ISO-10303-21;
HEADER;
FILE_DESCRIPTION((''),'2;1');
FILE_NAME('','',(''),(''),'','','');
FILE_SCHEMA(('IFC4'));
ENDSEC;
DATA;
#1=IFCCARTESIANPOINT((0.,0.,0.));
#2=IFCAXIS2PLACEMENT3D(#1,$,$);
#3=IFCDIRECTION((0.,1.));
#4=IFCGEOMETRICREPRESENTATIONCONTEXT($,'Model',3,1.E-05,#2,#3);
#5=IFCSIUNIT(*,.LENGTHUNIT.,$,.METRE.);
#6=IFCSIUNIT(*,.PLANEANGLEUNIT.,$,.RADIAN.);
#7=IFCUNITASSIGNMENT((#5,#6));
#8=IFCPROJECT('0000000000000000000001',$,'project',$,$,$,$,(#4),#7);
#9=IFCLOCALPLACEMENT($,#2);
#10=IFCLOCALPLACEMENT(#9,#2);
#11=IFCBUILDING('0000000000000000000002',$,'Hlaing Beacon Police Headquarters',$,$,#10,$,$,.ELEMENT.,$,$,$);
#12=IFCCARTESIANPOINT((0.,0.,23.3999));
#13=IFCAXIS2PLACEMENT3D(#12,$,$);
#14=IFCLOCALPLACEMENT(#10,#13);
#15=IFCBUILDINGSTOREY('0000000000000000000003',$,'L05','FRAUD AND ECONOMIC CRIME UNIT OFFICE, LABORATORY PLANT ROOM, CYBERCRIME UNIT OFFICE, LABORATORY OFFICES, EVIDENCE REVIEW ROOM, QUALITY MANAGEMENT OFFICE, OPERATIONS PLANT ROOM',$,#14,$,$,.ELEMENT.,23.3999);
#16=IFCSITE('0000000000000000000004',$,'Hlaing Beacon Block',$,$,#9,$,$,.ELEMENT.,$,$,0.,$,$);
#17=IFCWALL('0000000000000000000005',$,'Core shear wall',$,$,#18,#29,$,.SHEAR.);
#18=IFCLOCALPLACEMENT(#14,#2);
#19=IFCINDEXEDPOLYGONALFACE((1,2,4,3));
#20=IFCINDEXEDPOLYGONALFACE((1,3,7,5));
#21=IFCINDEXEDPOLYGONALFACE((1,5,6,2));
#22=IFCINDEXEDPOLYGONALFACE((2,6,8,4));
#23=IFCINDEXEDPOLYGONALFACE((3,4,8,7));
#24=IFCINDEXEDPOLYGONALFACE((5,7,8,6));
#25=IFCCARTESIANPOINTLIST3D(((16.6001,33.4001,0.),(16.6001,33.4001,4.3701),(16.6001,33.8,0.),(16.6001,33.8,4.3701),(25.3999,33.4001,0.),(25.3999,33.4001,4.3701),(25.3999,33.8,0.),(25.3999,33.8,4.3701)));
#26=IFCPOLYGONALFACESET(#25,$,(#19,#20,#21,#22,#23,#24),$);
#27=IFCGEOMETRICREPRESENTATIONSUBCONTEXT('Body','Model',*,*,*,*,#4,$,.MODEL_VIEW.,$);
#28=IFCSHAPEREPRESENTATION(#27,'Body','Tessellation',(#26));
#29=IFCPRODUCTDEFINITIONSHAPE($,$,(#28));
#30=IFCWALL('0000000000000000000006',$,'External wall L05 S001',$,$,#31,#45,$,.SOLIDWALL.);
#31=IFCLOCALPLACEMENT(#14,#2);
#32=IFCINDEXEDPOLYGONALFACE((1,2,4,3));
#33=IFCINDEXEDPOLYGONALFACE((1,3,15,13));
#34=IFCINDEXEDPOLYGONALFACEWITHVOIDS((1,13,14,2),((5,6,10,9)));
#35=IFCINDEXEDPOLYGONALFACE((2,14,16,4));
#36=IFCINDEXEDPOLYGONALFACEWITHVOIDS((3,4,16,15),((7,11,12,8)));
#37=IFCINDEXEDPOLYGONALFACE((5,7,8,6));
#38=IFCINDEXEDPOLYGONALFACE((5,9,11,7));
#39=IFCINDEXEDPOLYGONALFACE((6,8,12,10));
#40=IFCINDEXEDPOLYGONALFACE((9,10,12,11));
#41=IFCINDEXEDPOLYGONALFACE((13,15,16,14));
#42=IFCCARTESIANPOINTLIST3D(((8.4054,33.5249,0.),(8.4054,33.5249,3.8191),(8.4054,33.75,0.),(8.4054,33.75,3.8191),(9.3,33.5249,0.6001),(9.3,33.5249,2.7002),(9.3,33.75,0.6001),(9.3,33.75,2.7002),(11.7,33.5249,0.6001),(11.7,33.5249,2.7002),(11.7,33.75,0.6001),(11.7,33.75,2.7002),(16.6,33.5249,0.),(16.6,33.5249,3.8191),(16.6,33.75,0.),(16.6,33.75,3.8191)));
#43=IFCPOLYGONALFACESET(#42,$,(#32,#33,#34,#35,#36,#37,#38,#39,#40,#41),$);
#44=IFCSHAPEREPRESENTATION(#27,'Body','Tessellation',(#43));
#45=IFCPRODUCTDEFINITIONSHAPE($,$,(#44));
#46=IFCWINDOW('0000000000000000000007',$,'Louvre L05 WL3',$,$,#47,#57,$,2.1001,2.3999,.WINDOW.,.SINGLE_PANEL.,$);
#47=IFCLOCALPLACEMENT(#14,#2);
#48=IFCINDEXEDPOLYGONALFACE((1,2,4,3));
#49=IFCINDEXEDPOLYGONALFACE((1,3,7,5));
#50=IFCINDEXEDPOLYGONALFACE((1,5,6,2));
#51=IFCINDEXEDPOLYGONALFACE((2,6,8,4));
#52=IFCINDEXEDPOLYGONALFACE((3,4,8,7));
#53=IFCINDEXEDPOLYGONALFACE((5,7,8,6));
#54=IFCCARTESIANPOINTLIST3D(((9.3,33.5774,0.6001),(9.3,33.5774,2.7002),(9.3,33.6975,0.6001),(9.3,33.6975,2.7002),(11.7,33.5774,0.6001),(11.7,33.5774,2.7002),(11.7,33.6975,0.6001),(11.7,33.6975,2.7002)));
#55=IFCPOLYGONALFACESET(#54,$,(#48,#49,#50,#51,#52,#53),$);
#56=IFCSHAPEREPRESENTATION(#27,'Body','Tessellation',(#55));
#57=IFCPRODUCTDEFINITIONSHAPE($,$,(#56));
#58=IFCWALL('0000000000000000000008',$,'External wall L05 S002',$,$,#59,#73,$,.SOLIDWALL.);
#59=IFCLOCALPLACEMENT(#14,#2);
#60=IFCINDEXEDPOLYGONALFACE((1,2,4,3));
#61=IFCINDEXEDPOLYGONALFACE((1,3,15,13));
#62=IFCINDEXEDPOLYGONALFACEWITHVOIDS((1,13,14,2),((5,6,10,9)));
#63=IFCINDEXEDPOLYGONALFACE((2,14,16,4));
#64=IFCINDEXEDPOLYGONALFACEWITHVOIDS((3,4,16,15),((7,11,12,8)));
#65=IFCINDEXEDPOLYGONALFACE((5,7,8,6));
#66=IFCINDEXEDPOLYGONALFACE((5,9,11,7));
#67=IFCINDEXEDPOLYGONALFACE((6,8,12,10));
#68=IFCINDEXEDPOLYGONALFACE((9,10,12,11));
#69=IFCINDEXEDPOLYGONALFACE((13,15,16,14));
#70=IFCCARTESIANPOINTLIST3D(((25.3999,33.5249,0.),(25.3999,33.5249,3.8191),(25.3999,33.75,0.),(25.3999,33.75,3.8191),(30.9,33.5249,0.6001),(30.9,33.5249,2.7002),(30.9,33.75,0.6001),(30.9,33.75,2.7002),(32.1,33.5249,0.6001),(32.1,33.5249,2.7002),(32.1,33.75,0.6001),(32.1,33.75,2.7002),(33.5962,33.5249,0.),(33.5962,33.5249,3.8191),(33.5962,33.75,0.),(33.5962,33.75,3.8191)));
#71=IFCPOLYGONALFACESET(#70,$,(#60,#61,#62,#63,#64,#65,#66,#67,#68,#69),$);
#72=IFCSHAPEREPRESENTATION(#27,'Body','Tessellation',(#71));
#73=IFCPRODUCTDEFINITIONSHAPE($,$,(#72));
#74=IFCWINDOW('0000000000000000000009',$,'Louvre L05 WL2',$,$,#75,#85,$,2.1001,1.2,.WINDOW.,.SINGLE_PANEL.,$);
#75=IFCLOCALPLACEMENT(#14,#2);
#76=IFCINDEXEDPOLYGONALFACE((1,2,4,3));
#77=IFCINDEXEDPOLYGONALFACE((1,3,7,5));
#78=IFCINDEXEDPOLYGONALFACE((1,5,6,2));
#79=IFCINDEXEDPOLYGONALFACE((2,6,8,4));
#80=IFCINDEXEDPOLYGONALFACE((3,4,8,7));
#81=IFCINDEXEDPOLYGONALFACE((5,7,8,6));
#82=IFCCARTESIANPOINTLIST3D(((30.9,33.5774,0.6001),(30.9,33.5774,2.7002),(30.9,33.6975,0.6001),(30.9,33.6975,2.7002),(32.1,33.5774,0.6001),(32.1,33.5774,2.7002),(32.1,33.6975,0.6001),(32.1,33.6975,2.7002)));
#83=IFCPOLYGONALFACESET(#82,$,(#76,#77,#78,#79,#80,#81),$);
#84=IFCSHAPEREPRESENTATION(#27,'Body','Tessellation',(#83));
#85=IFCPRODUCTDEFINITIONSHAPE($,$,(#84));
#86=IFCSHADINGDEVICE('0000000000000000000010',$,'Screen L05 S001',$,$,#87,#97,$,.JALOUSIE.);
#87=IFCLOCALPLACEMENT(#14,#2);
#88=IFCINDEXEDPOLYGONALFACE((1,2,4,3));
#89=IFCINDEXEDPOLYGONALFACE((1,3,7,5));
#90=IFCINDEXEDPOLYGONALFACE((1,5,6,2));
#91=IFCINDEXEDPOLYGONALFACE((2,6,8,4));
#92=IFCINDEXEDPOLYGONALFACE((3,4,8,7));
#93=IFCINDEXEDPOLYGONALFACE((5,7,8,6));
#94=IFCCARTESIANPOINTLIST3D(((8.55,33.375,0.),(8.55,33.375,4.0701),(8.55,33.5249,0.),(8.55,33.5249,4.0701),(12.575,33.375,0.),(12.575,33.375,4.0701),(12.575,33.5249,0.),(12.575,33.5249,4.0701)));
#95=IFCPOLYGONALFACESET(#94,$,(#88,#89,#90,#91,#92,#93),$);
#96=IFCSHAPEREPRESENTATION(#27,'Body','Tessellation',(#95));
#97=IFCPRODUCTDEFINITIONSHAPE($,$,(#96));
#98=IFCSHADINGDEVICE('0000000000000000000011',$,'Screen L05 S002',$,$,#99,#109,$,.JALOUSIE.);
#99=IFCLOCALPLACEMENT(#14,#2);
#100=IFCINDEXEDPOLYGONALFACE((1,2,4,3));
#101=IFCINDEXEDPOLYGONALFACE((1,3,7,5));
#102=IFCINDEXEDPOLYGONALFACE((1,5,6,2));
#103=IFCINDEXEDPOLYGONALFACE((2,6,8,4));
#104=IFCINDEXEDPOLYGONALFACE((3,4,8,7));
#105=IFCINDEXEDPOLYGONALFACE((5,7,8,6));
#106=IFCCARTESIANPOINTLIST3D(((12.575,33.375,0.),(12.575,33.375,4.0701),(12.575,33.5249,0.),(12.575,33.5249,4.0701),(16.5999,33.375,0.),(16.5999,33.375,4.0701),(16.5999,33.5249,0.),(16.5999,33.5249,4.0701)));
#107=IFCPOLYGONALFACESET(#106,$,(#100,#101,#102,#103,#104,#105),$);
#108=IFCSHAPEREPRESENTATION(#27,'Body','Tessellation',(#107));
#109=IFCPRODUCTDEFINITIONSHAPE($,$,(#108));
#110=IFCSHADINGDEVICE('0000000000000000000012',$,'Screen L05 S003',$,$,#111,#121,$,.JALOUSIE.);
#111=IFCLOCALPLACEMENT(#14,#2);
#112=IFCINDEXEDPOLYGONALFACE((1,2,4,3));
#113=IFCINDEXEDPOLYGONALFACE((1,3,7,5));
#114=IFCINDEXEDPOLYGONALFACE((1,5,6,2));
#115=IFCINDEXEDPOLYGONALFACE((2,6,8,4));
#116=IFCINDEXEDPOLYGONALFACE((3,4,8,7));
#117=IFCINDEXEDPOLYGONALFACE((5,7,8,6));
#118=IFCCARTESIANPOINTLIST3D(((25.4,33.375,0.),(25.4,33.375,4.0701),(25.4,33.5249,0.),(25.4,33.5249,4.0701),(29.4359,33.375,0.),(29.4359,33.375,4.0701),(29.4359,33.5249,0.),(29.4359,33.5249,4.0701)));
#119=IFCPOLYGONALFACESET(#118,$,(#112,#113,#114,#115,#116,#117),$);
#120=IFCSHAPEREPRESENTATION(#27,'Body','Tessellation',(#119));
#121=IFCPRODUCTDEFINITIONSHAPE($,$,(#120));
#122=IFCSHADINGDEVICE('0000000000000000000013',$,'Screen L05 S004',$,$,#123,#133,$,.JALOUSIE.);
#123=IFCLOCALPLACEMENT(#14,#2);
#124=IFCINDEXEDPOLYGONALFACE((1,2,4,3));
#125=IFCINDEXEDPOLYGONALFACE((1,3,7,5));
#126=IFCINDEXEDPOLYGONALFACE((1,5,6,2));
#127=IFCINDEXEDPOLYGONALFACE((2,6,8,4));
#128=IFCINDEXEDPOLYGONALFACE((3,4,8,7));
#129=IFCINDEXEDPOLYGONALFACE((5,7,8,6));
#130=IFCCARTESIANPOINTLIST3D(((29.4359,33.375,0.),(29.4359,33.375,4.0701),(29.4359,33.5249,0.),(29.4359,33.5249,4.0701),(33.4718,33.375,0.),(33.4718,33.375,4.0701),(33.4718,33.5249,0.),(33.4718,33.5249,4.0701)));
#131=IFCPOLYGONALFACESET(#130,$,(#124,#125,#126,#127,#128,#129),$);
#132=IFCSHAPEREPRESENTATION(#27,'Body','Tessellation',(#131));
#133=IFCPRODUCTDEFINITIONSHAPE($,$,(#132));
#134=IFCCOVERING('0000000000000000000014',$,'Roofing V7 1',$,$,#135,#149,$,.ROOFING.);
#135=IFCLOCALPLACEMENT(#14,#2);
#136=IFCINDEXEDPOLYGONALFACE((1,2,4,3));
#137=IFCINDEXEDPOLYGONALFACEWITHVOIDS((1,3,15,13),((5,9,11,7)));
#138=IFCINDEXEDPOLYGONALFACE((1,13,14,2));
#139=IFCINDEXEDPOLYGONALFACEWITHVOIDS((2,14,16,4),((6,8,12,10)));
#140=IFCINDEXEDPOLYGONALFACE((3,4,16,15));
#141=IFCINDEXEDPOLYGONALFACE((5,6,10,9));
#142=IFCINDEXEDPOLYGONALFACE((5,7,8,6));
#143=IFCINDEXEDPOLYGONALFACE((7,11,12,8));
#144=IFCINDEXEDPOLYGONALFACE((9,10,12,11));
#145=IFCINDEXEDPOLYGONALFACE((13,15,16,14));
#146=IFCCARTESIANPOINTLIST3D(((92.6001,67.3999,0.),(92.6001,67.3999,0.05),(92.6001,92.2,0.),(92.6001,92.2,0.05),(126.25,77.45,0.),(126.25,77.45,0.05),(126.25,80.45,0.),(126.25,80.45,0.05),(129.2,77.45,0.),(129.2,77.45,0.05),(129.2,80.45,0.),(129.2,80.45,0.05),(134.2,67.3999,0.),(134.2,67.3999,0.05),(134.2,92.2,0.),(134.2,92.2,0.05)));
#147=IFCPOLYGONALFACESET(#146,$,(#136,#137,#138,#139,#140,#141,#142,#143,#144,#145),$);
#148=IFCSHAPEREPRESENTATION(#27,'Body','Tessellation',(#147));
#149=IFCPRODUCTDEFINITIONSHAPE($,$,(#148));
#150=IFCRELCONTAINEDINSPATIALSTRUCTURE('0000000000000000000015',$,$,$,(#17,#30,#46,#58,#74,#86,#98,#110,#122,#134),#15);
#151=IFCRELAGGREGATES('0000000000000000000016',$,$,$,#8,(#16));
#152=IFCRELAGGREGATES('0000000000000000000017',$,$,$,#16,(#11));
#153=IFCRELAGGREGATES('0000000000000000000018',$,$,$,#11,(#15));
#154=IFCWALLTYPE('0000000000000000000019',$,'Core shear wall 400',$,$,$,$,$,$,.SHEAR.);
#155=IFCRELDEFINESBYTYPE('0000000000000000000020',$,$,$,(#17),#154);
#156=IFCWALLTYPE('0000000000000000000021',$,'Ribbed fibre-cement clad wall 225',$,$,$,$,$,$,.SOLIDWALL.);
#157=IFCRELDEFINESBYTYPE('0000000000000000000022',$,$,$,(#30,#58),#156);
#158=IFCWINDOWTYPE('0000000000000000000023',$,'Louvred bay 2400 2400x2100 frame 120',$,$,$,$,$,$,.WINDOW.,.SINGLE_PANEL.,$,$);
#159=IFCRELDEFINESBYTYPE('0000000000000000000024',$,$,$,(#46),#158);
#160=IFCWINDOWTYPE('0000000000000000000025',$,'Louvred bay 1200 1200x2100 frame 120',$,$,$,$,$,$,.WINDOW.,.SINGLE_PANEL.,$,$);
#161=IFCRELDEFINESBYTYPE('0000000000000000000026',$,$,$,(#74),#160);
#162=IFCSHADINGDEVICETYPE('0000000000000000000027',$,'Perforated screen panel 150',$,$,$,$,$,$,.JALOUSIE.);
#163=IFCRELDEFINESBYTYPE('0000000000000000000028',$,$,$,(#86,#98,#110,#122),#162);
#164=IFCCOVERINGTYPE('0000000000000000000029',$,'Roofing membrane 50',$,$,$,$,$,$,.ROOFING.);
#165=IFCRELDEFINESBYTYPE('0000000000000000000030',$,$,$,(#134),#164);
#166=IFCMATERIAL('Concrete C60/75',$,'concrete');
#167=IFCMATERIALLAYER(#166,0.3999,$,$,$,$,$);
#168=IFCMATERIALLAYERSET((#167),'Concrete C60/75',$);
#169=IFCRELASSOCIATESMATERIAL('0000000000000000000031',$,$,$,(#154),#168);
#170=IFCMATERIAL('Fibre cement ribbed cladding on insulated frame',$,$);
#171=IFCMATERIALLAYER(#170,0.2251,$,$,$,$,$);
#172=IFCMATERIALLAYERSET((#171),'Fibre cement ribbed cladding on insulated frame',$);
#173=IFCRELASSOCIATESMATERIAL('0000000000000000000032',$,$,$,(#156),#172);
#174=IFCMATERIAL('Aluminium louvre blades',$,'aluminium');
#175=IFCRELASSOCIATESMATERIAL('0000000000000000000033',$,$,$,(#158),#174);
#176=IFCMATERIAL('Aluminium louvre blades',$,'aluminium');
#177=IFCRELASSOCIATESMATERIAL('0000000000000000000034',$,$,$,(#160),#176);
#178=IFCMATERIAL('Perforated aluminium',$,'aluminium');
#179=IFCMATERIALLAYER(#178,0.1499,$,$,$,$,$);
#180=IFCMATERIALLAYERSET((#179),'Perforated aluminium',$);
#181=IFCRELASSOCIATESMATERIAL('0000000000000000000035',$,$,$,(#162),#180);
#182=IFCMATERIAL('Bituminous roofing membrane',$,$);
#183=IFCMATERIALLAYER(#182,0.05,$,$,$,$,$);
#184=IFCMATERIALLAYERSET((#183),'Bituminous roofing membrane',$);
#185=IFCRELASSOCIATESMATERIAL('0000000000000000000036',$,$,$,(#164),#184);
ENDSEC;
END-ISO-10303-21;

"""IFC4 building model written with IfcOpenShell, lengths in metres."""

from ifc_helpers import new_model, si_unit, direction, frame, frame_2d, origin, origin_2d, place, context, subcontext, project, spatial, polyline, rectangle, outline, extrude, material, layer, layer_set, type_object, element, fill, save


model = new_model("IFC4")

# Units and contexts
model_context = context("Model", 3, precision=1e-05, world=origin(), true_north=direction((0.0, 1.0)))
body_context = subcontext(model_context, "Body", "Model", "MODEL_VIEW")
ifc_project = project(units=[si_unit("LENGTHUNIT", "METRE"), si_unit("PLANEANGLEUNIT", "RADIAN")], contexts=[model_context])

# Site, building, storey
site_placement = place(None, origin())
site = spatial("IfcSite", under=ifc_project, at=site_placement, Name="Hlaing Beacon Block", CompositionType="ELEMENT", RefElevation=0.0)
building_placement = place(site_placement, origin())
building = spatial("IfcBuilding", under=site, at=building_placement, Name="Hlaing Beacon Police Headquarters", CompositionType="ELEMENT")
storey_placement = place(building_placement, frame((0.0, 0.0, 23.3999)))
storey = spatial("IfcBuildingStorey", under=building, at=storey_placement, Name="L05", Description="FRAUD AND ECONOMIC CRIME UNIT OFFICE, LABORATORY PLANT ROOM, CYBERCRIME UNIT OFFICE, LABORATORY OFFICES, EVIDENCE REVIEW ROOM, QUALITY MANAGEMENT OFFICE, OPERATIONS PLANT ROOM", CompositionType="ELEMENT", Elevation=23.3999)

# Wall
ifc_material_1 = material(Name="Concrete C60/75", Category="concrete")
ifc_layer_1 = layer(ifc_material_1, 0.3999)
ifc_layer_set_1 = layer_set([ifc_layer_1], Name="Concrete C60/75")
wall_type_1 = type_object("IfcWallType", Name="Core shear wall 400", PredefinedType="SHEAR", material=ifc_layer_set_1)
wall_1_placement = place(storey_placement, frame((16.6001, 33.6001, 0.0), z_axis=(0.0, 0.0, 1.0), x_axis=(1.0, 0.0, 0.0)))
element("IfcWall", 1, at=wall_1_placement, inside=storey, type_object=wall_type_1, Name="Core shear wall", PredefinedType="SHEAR", context=body_context, shape_type="SweptSolid", body=[
    extrude(rectangle(XDim=8.7998, YDim=0.3999, at=frame_2d((4.3999, 0.0))), origin(), (0.0, 0.0, 1.0), 4.3701),
])

# Walls, openings, windows
ifc_material_2 = material(Name="Fibre cement ribbed cladding on insulated frame")
ifc_layer_2 = layer(ifc_material_2, 0.2251)
ifc_layer_set_2 = layer_set([ifc_layer_2], Name="Fibre cement ribbed cladding on insulated frame")
wall_type_2 = type_object("IfcWallType", Name="Ribbed fibre-cement clad wall 225", PredefinedType="SOLIDWALL", material=ifc_layer_set_2)
wall_2_placement = place(storey_placement, frame((8.4055, 33.6375, 0.0), z_axis=(0.0, 0.0, 1.0), x_axis=(1.0, 0.0, 0.0)))
wall_2 = element("IfcWall", 2, at=wall_2_placement, inside=storey, type_object=wall_type_2, Name="External wall L05 S001", PredefinedType="SOLIDWALL", context=body_context, shape_type="SweptSolid", body=[
    extrude(rectangle(XDim=8.1946, YDim=0.2251, at=frame_2d((4.0972, 0.0))), origin(), (0.0, 0.0, 1.0), 3.8191),
])
opening_1_placement = place(wall_2_placement, frame((0.8945, 0.0, 0.6001)))
opening_1 = element("IfcOpeningElement", 3, at=opening_1_placement, cuts=wall_2, PredefinedType="OPENING", context=body_context, shape_type="SweptSolid", body=[
    extrude(rectangle(XDim=2.3999, YDim=2.1001, at=frame_2d((1.2, 1.05))), frame((0.0, 0.1226, 0.0), z_axis=(0.0, -1.0, 0.0), x_axis=(1.0, 0.0, 0.0)), (0.0, 0.0, 1.0), 0.2451),
])
ifc_material_3 = material(Name="Aluminium louvre blades", Category="aluminium")
window_type_1 = type_object("IfcWindowType", Name="Louvred bay 2400 2400x2100 frame 120", PartitioningType="SINGLE_PANEL", PredefinedType="WINDOW", material=ifc_material_3)
window_1_placement = place(opening_1_placement, origin())
window_1 = element("IfcWindow", 4, at=window_1_placement, inside=storey, type_object=window_type_1, Name="Louvre L05 WL3", OverallHeight=2.1001, OverallWidth=2.3999, PartitioningType="SINGLE_PANEL", PredefinedType="WINDOW", context=body_context, shape_type="SweptSolid", body=[
    extrude(rectangle(XDim=2.3999, YDim=2.1001, at=frame_2d((1.2, 1.05))), frame((0.0, 0.0601, 0.0), z_axis=(0.0, -1.0, 0.0), x_axis=(1.0, 0.0, 0.0)), (0.0, 0.0, 1.0), 0.1201),
])
fill(opening_1, window_1)
wall_3_placement = place(storey_placement, frame((25.3999, 33.6375, 0.0), z_axis=(0.0, 0.0, 1.0), x_axis=(1.0, 0.0, 0.0)))
wall_3 = element("IfcWall", 5, at=wall_3_placement, inside=storey, type_object=wall_type_2, Name="External wall L05 S002", PredefinedType="SOLIDWALL", context=body_context, shape_type="SweptSolid", body=[
    extrude(rectangle(XDim=8.1963, YDim=0.2251, at=frame_2d((4.0981, 0.0))), origin(), (0.0, 0.0, 1.0), 3.8191),
])
opening_2_placement = place(wall_3_placement, frame((5.5, 0.0, 0.6001)))
opening_2 = element("IfcOpeningElement", 6, at=opening_2_placement, cuts=wall_3, PredefinedType="OPENING", context=body_context, shape_type="SweptSolid", body=[
    extrude(rectangle(XDim=1.2, YDim=2.1001, at=frame_2d((0.6001, 1.05))), frame((0.0, 0.1226, 0.0), z_axis=(0.0, -1.0, 0.0), x_axis=(1.0, 0.0, 0.0)), (0.0, 0.0, 1.0), 0.2451),
])
ifc_material_4 = material(Name="Aluminium louvre blades", Category="aluminium")
window_type_2 = type_object("IfcWindowType", Name="Louvred bay 1200 1200x2100 frame 120", PartitioningType="SINGLE_PANEL", PredefinedType="WINDOW", material=ifc_material_4)
window_2_placement = place(opening_2_placement, origin())
window_2 = element("IfcWindow", 7, at=window_2_placement, inside=storey, type_object=window_type_2, Name="Louvre L05 WL2", OverallHeight=2.1001, OverallWidth=1.2, PartitioningType="SINGLE_PANEL", PredefinedType="WINDOW", context=body_context, shape_type="SweptSolid", body=[
    extrude(rectangle(XDim=1.2, YDim=2.1001, at=frame_2d((0.6001, 1.05))), frame((0.0, 0.0601, 0.0), z_axis=(0.0, -1.0, 0.0), x_axis=(1.0, 0.0, 0.0)), (0.0, 0.0, 1.0), 0.1201),
])
fill(opening_2, window_2)

# Shading devices
ifc_material_5 = material(Name="Perforated aluminium", Category="aluminium")
ifc_layer_3 = layer(ifc_material_5, 0.1499)
ifc_layer_set_3 = layer_set([ifc_layer_3], Name="Perforated aluminium")
shading_device_type = type_object("IfcShadingDeviceType", Name="Perforated screen panel 150", PredefinedType="JALOUSIE", material=ifc_layer_set_3)
for number, where, z_axis, x_axis, name in (
    (8, (10.5625, 33.45, 0.0), (0.0, 0.0, 1.0), (1.0, 0.0, 0.0), "Screen L05 S001"),
    (9, (14.5874, 33.45, 0.0), (0.0, 0.0, 1.0), (1.0, 0.0, 0.0), "Screen L05 S002"),
):
    element("IfcShadingDevice", number, at=place(storey_placement, frame(where, z_axis=z_axis, x_axis=x_axis)), inside=storey, type_object=shading_device_type, Name=name, PredefinedType="JALOUSIE", context=body_context, shape_type="SweptSolid", body=[
        extrude(rectangle(XDim=4.0249, YDim=0.1499, at=origin_2d()), origin(), (0.0, 0.0, 1.0), 4.0701),
    ])
for number, where, z_axis, x_axis, name in (
    (10, (27.418, 33.45, 0.0), (0.0, 0.0, 1.0), (1.0, 0.0, 0.0), "Screen L05 S003"),
    (11, (31.4539, 33.45, 0.0), (0.0, 0.0, 1.0), (1.0, 0.0, 0.0), "Screen L05 S004"),
):
    element("IfcShadingDevice", number, at=place(storey_placement, frame(where, z_axis=z_axis, x_axis=x_axis)), inside=storey, type_object=shading_device_type, Name=name, PredefinedType="JALOUSIE", context=body_context, shape_type="SweptSolid", body=[
        extrude(rectangle(XDim=4.0359, YDim=0.1499, at=origin_2d()), origin(), (0.0, 0.0, 1.0), 4.0701),
    ])

# Covering
ifc_material_6 = material(Name="Bituminous roofing membrane")
ifc_layer_4 = layer(ifc_material_6, 0.05)
ifc_layer_set_4 = layer_set([ifc_layer_4], Name="Bituminous roofing membrane")
covering_type = type_object("IfcCoveringType", Name="Roofing membrane 50", PredefinedType="ROOFING", material=ifc_layer_set_4)
covering_placement = place(storey_placement, origin())
element("IfcCovering", 12, at=covering_placement, inside=storey, type_object=covering_type, Name="Roofing V7 1", PredefinedType="ROOFING", context=body_context, shape_type="SweptSolid", body=[
    extrude(outline(polyline([(92.6001, 92.2), (134.2, 92.2), (134.2, 67.3999), (92.6001, 67.3999), (92.6001, 92.2)]), holes=[polyline([(129.2, 77.45), (129.2, 80.45), (126.25, 80.45), (126.25, 77.45), (129.2, 77.45)])]), origin(), (0.0, 0.0, 1.0), 0.05),
])

save(model, "model.ifc")
